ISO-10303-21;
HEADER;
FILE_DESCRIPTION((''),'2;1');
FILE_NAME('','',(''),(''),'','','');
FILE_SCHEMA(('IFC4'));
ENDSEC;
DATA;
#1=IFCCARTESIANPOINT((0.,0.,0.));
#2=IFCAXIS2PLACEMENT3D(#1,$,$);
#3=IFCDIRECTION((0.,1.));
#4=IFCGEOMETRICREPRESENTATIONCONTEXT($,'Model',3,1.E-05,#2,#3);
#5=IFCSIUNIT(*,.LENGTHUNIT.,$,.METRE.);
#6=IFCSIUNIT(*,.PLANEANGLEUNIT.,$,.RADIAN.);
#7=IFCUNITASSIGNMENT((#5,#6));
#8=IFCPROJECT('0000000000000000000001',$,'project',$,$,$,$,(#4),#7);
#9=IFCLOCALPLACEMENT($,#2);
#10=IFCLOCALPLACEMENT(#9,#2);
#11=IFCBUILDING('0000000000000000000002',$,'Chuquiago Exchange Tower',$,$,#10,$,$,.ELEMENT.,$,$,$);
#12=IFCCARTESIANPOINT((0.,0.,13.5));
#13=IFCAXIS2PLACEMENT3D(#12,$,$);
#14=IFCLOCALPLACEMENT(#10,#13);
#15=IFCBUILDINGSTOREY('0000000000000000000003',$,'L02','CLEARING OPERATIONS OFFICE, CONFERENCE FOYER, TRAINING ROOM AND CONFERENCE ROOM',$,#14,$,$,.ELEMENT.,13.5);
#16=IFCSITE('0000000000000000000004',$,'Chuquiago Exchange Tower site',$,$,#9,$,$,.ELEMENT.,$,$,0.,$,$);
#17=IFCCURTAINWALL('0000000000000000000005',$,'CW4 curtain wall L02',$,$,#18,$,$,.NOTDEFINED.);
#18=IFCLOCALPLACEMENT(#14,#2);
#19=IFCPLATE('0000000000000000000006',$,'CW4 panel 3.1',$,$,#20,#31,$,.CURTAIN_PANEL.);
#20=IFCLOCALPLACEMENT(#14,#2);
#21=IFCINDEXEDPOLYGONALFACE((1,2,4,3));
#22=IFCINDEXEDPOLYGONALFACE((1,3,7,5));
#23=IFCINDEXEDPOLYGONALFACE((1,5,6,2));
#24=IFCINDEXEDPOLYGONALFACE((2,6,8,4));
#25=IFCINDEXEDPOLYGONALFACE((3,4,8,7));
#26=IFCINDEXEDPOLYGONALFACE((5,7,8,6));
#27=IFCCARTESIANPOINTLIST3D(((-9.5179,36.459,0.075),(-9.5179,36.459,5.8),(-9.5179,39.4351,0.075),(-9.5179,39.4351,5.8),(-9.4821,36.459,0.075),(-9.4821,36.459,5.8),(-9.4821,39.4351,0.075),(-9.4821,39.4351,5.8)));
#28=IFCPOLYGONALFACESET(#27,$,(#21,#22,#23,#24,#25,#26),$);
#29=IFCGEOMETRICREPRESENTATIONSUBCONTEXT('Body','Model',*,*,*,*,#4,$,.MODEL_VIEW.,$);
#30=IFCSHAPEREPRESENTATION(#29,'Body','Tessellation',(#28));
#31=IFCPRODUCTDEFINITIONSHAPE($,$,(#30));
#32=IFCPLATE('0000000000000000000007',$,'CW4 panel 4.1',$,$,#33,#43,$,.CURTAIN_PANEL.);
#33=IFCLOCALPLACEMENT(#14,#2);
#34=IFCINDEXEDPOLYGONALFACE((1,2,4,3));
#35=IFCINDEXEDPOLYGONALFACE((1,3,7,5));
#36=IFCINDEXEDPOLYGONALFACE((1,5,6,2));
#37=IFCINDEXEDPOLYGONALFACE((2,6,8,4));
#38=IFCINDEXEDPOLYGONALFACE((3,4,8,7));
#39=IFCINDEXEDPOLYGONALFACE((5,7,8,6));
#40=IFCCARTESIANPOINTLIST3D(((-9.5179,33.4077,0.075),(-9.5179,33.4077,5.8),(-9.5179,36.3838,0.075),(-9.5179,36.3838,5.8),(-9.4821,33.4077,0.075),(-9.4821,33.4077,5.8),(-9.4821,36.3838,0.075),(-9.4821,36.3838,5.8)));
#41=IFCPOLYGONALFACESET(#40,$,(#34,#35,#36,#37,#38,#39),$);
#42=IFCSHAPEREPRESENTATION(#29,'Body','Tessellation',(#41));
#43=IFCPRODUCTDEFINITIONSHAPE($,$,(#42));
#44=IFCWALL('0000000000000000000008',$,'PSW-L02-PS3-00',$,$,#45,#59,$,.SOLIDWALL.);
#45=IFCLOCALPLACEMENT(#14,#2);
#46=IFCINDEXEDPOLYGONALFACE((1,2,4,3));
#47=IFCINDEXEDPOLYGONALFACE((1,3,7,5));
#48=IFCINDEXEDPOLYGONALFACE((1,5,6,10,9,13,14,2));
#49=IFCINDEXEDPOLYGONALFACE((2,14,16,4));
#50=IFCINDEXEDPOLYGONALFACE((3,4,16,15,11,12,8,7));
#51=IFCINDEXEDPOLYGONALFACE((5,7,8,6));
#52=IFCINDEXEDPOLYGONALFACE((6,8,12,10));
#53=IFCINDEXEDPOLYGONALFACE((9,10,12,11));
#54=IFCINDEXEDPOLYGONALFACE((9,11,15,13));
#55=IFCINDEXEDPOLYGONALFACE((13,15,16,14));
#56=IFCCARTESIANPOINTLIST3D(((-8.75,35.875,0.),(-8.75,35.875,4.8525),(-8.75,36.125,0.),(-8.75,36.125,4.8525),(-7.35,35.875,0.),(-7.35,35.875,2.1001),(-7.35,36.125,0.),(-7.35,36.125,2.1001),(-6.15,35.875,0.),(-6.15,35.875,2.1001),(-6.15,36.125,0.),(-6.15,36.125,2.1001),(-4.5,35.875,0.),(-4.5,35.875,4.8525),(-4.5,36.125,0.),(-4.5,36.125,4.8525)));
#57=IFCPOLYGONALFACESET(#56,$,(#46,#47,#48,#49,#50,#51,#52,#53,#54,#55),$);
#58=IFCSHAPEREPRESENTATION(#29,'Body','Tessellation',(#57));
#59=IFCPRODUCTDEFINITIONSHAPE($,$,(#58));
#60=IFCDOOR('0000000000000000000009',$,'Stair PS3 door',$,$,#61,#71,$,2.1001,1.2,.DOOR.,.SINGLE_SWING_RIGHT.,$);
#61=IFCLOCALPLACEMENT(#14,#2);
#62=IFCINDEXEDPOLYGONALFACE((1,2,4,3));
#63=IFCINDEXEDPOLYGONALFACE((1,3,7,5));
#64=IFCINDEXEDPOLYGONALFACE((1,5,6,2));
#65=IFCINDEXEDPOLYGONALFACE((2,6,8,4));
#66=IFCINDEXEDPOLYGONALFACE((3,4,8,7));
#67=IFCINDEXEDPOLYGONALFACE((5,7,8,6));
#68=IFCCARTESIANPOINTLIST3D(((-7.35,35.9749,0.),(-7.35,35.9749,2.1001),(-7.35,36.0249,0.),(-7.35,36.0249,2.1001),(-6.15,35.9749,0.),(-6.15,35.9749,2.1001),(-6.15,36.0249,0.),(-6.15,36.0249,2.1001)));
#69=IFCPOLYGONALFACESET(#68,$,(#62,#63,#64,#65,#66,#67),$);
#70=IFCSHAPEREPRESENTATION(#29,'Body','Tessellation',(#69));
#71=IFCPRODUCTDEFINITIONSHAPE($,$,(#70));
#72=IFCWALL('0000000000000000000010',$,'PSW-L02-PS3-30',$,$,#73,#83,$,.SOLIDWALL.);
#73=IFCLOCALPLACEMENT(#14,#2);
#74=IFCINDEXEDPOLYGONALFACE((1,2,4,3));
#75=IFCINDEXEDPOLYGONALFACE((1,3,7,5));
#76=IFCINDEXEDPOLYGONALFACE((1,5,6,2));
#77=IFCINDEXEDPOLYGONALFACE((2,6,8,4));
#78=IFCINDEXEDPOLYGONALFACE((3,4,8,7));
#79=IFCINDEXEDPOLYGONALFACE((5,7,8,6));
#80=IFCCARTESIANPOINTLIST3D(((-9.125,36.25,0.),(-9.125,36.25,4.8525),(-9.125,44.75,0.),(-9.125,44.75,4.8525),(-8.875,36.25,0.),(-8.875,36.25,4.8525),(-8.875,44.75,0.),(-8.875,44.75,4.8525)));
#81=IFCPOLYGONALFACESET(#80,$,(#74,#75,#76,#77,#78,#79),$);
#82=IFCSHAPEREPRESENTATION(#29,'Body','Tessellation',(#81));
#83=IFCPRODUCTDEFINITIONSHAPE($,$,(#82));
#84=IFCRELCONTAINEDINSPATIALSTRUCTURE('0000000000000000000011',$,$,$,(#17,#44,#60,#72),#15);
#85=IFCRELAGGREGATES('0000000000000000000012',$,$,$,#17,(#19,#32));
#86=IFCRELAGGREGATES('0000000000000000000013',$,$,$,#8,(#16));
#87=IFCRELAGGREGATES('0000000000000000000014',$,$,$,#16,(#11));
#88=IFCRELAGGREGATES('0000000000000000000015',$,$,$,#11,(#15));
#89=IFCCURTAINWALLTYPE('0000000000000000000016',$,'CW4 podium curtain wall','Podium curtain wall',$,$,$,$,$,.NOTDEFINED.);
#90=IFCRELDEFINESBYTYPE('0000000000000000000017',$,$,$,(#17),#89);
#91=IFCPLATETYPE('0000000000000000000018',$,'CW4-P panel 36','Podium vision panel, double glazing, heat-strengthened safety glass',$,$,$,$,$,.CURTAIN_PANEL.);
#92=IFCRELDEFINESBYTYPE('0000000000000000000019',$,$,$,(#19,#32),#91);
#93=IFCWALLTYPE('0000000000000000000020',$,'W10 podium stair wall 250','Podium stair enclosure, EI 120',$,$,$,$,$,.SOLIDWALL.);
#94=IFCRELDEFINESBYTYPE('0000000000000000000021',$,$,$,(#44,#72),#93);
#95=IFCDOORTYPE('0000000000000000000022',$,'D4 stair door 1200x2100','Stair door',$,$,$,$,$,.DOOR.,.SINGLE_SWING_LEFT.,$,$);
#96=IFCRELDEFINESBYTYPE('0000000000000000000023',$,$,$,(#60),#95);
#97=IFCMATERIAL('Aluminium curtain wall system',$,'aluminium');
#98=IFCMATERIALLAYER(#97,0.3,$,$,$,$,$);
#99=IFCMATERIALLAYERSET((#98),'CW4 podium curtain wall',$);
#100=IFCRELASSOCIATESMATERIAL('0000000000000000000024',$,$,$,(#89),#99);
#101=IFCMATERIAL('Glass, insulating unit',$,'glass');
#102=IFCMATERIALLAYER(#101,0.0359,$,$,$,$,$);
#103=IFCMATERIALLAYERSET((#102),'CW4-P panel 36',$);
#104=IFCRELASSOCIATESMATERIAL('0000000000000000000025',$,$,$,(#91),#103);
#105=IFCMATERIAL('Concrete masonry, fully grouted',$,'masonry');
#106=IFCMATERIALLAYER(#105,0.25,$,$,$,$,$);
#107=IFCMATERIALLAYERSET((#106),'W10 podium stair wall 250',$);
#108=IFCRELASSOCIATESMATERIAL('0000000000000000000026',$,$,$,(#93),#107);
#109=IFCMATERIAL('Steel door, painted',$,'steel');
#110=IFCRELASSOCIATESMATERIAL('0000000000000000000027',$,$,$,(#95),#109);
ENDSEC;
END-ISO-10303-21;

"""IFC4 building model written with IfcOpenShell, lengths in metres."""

from ifc_helpers import new_model, si_unit, direction, frame, frame_2d, origin, origin_2d, place, context, subcontext, project, spatial, rectangle, extrude, material, layer, layer_set, type_object, element, fill, aggregate, save


model = new_model("IFC4")

# Units and contexts
model_context = context("Model", 3, precision=1e-05, world=origin(), true_north=direction((0.0, 1.0)))
body_context = subcontext(model_context, "Body", "Model", "MODEL_VIEW")
ifc_project = project(units=[si_unit("LENGTHUNIT", "METRE"), si_unit("PLANEANGLEUNIT", "RADIAN")], contexts=[model_context])

# Site, building, storey
site_placement = place(None, origin())
site = spatial("IfcSite", under=ifc_project, at=site_placement, Name="Chuquiago Exchange Tower site", CompositionType="ELEMENT", RefElevation=0.0)
building_placement = place(site_placement, origin())
building = spatial("IfcBuilding", under=site, at=building_placement, Name="Chuquiago Exchange Tower", CompositionType="ELEMENT")
storey_placement = place(building_placement, frame((0.0, 0.0, 13.5)))
storey = spatial("IfcBuildingStorey", under=building, at=storey_placement, Name="L02", Description="CLEARING OPERATIONS OFFICE, CONFERENCE FOYER, TRAINING ROOM AND CONFERENCE ROOM", CompositionType="ELEMENT", Elevation=13.5)

# Curtain wall
ifc_material_1 = material(Name="Aluminium curtain wall system", Category="aluminium")
ifc_layer_1 = layer(ifc_material_1, 0.3)
ifc_layer_set_1 = layer_set([ifc_layer_1], Name="CW4 podium curtain wall")
curtain_wall_type = type_object("IfcCurtainWallType", Name="CW4 podium curtain wall", Description="Podium curtain wall", PredefinedType="NOTDEFINED", material=ifc_layer_set_1)
curtain_wall_placement = place(storey_placement, origin())
curtain_wall = element("IfcCurtainWall", 1, at=curtain_wall_placement, inside=storey, type_object=curtain_wall_type, Name="CW4 curtain wall L02", PredefinedType="NOTDEFINED")

# Plates
ifc_material_2 = material(Name="Glass, insulating unit", Category="glass")
ifc_layer_2 = layer(ifc_material_2, 0.0359)
ifc_layer_set_2 = layer_set([ifc_layer_2], Name="CW4-P panel 36")
plate_type = type_object("IfcPlateType", Name="CW4-P panel 36", Description="Podium vision panel, double glazing, heat-strengthened safety glass", PredefinedType="CURTAIN_PANEL", material=ifc_layer_set_2)
plate_1_placement = place(storey_placement, frame((-9.5, 37.947, 0.075), z_axis=(0.0, 0.0, 1.0), x_axis=(0.0, -1.0, 0.0)))
plate_1 = element("IfcPlate", 2, at=plate_1_placement, type_object=plate_type, Name="CW4 panel 3.1", PredefinedType="CURTAIN_PANEL", context=body_context, shape_type="SweptSolid", body=[
    extrude(rectangle(XDim=2.9761, YDim=0.0359, at=origin_2d()), origin(), (0.0, 0.0, 1.0), 5.7251),
])
plate_2_placement = place(storey_placement, frame((-9.5, 34.8958, 0.075), z_axis=(0.0, 0.0, 1.0), x_axis=(0.0, -1.0, 0.0)))
plate_2 = element("IfcPlate", 3, at=plate_2_placement, type_object=plate_type, Name="CW4 panel 4.1", PredefinedType="CURTAIN_PANEL", context=body_context, shape_type="SweptSolid", body=[
    extrude(rectangle(XDim=2.9761, YDim=0.0359, at=origin_2d()), origin(), (0.0, 0.0, 1.0), 5.7251),
])
aggregate(curtain_wall, [plate_1, plate_2])

# Wall, opening, door
ifc_material_3 = material(Name="Concrete masonry, fully grouted", Category="masonry")
ifc_layer_3 = layer(ifc_material_3, 0.25)
ifc_layer_set_3 = layer_set([ifc_layer_3], Name="W10 podium stair wall 250")
wall_type = type_object("IfcWallType", Name="W10 podium stair wall 250", Description="Podium stair enclosure, EI 120", PredefinedType="SOLIDWALL", material=ifc_layer_set_3)
wall_1_placement = place(storey_placement, frame((-8.75, 36.0, 0.0), z_axis=(0.0, 0.0, 1.0), x_axis=(1.0, 0.0, 0.0)))
wall_1 = element("IfcWall", 4, at=wall_1_placement, inside=storey, type_object=wall_type, Name="PSW-L02-PS3-00", PredefinedType="SOLIDWALL", context=body_context, shape_type="SweptSolid", body=[
    extrude(rectangle(XDim=4.25, YDim=0.25, at=frame_2d((2.125, 0.0))), origin(), (0.0, 0.0, 1.0), 4.8525),
])
opening_placement = place(wall_1_placement, frame((1.3999, 0.0, 0.0)))
opening = element("IfcOpeningElement", 5, at=opening_placement, cuts=wall_1, PredefinedType="OPENING", context=body_context, shape_type="SweptSolid", body=[
    extrude(rectangle(XDim=1.2, YDim=2.1001, at=frame_2d((0.6001, 1.05))), frame((0.0, 0.135, 0.0), z_axis=(0.0, -1.0, 0.0), x_axis=(1.0, 0.0, 0.0)), (0.0, 0.0, 1.0), 0.27),
])
ifc_material_4 = material(Name="Steel door, painted", Category="steel")
door_type = type_object("IfcDoorType", Name="D4 stair door 1200x2100", Description="Stair door", OperationType="SINGLE_SWING_LEFT", PredefinedType="DOOR", material=ifc_material_4)
door_placement = place(opening_placement, origin())
door = element("IfcDoor", 6, at=door_placement, inside=storey, type_object=door_type, Name="Stair PS3 door", OperationType="SINGLE_SWING_RIGHT", OverallHeight=2.1001, OverallWidth=1.2, PredefinedType="DOOR", context=body_context, shape_type="SweptSolid", body=[
    extrude(rectangle(XDim=1.2, YDim=2.1001, at=frame_2d((0.6001, 1.05))), frame((0.0, 0.0249, 0.0), z_axis=(0.0, -1.0, 0.0), x_axis=(1.0, 0.0, 0.0)), (0.0, 0.0, 1.0), 0.05),
])
fill(opening, door)

# Wall
wall_2_placement = place(storey_placement, frame((-9.0, 36.25, 0.0), z_axis=(0.0, 0.0, 1.0), x_axis=(0.0, 1.0, 0.0)))
element("IfcWall", 7, at=wall_2_placement, inside=storey, type_object=wall_type, Name="PSW-L02-PS3-30", PredefinedType="SOLIDWALL", context=body_context, shape_type="SweptSolid", body=[
    extrude(rectangle(XDim=8.5, YDim=0.25, at=frame_2d((4.25, 0.0))), origin(), (0.0, 0.0, 1.0), 4.8525),
])

save(model, "model.ifc")
